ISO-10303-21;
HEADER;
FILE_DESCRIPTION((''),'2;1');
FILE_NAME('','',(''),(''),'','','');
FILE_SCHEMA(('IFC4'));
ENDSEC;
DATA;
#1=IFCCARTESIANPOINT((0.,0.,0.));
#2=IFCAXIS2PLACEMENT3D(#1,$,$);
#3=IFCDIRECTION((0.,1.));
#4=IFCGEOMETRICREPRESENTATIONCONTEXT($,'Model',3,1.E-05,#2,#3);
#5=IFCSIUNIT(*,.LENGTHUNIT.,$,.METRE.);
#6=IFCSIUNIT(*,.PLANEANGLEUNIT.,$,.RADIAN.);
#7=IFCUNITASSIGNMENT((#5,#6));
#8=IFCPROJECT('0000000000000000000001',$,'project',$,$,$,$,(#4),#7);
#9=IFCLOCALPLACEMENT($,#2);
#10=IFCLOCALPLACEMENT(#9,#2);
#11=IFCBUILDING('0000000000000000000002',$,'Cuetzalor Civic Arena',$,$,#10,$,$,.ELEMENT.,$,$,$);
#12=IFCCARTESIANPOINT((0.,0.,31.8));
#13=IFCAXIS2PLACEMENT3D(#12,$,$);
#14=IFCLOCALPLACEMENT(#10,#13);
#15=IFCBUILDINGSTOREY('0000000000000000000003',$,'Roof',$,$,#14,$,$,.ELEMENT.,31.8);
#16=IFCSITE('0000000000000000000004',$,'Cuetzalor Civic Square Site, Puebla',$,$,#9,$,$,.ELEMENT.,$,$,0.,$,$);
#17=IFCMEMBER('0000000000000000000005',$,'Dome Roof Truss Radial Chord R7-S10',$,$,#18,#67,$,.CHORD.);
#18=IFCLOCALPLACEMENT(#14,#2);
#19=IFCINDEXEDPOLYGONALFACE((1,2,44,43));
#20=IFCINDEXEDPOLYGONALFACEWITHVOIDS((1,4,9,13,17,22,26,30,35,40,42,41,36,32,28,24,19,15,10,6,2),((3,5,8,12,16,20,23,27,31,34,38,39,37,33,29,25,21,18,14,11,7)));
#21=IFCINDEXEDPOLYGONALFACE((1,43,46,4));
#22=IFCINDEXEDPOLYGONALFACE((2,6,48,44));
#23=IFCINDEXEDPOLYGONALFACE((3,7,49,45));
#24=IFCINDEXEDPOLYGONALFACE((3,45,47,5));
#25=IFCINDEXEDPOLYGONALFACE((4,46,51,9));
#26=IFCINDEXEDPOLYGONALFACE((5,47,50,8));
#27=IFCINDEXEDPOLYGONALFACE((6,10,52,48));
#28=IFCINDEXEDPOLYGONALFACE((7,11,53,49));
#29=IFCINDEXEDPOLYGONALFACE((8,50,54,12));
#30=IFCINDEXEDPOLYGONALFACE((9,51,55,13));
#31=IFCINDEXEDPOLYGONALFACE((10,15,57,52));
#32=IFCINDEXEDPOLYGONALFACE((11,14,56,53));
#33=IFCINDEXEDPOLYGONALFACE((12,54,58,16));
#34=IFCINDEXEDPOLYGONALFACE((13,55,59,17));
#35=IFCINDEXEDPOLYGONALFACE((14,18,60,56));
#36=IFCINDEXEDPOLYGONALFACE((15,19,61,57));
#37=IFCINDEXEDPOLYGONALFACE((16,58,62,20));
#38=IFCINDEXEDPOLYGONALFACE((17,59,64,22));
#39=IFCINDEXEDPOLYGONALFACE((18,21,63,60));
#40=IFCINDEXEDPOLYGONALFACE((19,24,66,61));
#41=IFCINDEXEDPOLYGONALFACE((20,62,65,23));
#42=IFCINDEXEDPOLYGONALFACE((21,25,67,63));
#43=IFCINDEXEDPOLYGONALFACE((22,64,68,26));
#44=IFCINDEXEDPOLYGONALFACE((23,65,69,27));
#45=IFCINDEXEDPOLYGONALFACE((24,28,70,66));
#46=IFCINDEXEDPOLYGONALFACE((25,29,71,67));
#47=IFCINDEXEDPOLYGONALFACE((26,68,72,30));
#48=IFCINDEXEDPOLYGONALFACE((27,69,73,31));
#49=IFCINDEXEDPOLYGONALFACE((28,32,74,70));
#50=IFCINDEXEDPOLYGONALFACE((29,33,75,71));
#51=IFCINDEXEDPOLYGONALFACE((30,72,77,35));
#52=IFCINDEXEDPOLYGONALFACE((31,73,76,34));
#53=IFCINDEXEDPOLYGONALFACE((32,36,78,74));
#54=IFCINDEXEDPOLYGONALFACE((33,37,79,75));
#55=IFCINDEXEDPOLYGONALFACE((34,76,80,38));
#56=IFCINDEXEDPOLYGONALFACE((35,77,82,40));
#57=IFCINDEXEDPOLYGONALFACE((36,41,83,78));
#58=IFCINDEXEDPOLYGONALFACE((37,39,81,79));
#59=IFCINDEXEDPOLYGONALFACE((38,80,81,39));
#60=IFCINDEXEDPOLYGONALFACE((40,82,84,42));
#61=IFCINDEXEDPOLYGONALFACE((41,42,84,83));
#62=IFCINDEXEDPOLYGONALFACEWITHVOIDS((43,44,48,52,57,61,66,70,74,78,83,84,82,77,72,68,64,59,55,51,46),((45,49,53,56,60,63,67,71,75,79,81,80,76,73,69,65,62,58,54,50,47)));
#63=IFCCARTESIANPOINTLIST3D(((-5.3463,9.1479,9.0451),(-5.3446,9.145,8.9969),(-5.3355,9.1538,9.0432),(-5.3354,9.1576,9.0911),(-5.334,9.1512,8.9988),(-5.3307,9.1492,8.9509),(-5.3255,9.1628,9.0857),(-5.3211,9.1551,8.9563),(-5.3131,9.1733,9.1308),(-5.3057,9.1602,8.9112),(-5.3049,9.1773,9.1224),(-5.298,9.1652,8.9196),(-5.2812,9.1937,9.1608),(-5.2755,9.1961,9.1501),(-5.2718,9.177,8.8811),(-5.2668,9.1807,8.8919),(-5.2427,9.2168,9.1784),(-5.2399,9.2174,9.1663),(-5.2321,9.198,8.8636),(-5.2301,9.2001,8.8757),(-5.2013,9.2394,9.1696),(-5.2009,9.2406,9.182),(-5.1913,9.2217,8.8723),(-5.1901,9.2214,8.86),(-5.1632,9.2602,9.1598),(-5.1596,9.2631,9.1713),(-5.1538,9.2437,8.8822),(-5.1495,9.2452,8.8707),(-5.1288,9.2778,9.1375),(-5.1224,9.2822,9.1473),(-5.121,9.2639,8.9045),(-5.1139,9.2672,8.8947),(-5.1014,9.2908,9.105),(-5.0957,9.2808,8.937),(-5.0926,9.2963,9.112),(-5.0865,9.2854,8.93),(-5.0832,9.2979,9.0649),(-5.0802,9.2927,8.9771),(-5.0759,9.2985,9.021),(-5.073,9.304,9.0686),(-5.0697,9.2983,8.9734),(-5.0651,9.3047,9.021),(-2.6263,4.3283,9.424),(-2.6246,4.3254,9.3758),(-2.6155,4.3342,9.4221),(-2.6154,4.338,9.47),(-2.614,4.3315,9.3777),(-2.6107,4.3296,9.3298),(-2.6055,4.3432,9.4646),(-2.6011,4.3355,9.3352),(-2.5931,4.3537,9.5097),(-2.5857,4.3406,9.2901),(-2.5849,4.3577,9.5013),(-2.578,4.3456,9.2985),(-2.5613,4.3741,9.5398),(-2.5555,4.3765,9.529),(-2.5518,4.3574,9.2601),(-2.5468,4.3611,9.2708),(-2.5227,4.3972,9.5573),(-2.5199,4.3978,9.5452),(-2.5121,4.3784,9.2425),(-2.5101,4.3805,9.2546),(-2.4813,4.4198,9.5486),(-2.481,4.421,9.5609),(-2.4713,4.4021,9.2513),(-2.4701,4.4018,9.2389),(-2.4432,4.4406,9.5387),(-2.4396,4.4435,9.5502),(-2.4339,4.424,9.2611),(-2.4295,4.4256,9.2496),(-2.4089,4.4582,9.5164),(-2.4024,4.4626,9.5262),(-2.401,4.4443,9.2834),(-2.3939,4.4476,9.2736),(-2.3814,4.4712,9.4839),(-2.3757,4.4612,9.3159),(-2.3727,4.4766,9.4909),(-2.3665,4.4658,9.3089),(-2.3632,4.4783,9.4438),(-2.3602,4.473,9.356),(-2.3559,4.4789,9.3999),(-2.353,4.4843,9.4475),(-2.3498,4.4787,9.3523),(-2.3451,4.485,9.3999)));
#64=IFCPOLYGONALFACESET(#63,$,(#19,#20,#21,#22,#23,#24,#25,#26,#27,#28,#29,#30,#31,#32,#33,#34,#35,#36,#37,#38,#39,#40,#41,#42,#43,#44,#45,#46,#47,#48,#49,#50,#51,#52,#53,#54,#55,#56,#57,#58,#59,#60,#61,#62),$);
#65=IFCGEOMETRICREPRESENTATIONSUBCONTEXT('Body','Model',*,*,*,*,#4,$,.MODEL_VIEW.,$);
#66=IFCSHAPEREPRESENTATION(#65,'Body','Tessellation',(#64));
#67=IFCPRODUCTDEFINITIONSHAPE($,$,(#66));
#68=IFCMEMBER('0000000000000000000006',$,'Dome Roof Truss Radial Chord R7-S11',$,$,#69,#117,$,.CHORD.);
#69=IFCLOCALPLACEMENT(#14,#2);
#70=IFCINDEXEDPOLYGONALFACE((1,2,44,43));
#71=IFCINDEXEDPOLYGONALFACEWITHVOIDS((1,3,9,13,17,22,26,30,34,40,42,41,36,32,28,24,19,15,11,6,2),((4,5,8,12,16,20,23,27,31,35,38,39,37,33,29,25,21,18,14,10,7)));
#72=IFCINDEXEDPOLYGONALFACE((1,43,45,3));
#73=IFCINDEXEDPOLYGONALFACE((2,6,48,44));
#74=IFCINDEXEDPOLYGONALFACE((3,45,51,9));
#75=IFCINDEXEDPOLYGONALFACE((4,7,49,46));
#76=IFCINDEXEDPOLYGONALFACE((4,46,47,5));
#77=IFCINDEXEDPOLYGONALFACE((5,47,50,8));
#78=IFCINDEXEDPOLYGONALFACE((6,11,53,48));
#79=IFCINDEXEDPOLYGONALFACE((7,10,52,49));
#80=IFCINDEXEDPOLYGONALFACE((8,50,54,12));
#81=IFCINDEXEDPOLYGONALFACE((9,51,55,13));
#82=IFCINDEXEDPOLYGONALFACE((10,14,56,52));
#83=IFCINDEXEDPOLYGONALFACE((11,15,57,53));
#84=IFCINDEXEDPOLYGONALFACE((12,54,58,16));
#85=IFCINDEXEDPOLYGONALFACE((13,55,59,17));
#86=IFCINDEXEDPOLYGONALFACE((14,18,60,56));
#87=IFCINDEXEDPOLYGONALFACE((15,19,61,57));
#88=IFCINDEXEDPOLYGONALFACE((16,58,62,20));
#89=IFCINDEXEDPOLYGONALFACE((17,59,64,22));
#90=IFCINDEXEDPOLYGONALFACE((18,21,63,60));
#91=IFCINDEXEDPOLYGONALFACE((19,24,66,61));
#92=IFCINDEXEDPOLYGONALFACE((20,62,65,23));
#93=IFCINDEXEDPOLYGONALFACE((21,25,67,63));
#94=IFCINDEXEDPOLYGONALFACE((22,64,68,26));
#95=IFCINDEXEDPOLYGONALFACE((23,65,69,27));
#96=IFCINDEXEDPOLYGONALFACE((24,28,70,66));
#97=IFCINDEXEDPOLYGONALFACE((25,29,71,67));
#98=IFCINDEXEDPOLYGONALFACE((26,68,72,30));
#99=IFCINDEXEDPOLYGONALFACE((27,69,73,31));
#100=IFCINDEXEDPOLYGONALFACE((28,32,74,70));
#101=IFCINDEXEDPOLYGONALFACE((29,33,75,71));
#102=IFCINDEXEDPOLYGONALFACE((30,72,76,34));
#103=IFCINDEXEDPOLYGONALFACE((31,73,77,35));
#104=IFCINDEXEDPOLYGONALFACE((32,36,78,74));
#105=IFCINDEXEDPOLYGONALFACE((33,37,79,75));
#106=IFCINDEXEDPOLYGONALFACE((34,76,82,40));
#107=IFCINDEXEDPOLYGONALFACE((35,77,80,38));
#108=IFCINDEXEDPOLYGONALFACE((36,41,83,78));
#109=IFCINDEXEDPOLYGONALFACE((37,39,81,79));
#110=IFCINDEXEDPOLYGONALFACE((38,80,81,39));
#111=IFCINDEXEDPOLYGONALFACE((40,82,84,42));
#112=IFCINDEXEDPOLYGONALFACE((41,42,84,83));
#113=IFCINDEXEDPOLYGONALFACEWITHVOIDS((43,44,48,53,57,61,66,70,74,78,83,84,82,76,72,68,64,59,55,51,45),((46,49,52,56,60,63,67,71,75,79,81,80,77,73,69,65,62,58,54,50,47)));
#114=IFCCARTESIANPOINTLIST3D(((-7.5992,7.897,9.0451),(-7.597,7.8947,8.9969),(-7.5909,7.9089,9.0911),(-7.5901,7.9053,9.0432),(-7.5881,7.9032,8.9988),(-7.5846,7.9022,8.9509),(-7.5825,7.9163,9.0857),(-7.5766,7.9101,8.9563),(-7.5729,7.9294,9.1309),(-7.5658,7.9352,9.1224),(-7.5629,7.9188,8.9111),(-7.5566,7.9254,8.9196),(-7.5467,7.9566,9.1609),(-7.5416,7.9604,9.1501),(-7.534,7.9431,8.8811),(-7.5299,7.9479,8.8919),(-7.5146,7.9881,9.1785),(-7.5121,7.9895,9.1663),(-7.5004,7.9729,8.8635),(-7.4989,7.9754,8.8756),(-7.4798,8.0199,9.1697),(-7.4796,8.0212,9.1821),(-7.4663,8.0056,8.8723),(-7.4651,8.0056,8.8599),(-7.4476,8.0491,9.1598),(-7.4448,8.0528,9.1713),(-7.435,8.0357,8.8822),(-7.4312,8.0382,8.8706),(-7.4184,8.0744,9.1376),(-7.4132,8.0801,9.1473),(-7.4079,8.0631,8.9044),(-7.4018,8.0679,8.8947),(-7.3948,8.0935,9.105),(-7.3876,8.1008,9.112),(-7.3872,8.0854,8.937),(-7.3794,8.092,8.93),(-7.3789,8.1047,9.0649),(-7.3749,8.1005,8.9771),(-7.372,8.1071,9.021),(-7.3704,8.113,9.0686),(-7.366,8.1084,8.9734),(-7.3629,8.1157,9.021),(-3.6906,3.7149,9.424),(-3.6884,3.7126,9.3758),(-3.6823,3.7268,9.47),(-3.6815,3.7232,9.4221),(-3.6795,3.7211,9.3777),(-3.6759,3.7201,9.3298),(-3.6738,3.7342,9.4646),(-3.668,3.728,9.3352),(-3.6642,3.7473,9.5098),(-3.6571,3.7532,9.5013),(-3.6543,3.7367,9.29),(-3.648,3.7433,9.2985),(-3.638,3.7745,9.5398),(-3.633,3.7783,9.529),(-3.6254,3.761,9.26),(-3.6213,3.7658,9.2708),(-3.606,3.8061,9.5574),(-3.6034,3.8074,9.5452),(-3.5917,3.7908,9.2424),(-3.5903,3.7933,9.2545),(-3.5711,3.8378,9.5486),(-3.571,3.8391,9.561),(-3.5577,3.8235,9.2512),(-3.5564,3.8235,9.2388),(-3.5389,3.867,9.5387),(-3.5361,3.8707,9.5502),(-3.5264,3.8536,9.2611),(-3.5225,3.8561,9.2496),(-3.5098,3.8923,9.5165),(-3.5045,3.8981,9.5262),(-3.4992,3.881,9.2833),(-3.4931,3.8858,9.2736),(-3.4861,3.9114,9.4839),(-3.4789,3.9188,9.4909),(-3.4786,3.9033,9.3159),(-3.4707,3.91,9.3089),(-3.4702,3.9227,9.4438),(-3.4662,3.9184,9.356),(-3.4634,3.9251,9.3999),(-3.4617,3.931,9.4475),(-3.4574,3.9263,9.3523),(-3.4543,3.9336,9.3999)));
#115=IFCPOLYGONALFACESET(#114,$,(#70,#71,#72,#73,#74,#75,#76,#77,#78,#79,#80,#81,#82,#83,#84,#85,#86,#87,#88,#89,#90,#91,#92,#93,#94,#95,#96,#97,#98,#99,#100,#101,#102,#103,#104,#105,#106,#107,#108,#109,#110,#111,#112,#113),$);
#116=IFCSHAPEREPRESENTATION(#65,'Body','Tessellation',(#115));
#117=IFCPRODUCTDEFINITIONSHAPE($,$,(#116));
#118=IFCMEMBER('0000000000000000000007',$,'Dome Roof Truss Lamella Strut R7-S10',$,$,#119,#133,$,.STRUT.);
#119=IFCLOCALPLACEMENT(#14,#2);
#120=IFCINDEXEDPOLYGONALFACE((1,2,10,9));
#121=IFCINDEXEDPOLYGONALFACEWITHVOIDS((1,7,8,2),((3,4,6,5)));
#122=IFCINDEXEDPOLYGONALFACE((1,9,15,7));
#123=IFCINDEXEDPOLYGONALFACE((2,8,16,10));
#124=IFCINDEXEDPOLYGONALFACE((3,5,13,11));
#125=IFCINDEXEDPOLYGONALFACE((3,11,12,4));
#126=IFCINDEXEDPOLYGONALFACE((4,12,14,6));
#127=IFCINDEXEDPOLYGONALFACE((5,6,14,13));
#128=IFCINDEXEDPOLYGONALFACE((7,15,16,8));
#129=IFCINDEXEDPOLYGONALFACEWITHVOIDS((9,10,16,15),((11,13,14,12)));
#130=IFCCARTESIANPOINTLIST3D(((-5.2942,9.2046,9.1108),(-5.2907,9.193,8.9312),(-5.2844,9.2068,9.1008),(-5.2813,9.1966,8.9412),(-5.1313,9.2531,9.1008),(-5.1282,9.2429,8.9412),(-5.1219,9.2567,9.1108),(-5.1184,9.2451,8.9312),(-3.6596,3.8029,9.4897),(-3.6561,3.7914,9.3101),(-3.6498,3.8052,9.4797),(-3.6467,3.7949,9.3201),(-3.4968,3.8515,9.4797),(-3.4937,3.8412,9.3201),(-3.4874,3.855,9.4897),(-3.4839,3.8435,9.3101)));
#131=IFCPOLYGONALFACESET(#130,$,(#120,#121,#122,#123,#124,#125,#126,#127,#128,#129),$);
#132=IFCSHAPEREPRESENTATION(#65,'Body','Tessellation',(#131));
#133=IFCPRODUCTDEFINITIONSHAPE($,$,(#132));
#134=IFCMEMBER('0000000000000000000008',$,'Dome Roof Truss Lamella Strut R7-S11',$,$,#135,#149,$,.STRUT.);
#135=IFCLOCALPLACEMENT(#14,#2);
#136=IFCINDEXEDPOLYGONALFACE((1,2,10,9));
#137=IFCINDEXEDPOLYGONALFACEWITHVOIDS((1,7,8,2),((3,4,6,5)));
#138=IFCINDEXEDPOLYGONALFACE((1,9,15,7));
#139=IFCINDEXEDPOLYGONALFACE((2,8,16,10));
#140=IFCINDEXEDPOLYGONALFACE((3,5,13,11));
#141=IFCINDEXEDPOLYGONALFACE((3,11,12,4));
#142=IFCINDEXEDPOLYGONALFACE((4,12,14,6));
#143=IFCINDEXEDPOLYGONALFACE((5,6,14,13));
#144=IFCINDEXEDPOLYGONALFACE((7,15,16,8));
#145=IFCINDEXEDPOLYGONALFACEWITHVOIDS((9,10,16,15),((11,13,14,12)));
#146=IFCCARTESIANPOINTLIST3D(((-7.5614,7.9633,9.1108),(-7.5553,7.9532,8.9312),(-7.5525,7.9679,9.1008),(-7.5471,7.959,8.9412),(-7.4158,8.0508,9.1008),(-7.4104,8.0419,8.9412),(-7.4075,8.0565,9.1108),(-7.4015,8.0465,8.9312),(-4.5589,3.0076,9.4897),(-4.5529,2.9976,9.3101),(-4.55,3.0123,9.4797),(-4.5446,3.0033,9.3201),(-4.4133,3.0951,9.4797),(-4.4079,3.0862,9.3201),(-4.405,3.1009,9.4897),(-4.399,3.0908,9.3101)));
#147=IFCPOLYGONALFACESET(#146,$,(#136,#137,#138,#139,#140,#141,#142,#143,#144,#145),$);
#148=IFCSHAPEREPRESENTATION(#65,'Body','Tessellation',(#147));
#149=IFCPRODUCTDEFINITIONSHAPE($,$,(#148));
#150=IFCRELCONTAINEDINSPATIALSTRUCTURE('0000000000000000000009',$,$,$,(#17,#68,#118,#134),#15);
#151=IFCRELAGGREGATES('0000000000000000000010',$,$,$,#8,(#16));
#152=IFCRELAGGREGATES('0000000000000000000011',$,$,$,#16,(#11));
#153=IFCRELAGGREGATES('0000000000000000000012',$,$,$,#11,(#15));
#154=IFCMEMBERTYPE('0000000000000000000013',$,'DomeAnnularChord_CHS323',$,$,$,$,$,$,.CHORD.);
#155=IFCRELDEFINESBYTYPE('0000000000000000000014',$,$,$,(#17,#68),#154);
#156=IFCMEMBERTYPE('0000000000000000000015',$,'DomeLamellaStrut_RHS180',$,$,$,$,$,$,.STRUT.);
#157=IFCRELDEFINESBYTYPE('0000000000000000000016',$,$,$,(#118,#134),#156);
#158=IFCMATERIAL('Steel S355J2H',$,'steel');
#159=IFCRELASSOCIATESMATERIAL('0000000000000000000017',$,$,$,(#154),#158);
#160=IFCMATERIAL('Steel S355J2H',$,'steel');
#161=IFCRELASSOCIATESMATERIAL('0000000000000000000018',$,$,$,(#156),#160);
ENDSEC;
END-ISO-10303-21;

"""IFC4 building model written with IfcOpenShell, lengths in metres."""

from ifc_helpers import new_model, si_unit, direction, frame, origin, origin_2d, place, context, subcontext, project, spatial, hollow_rectangle, hollow_circle, extrude, material, material_profile, profile_set, type_object, element, save


model = new_model("IFC4")

# Units and contexts
model_context = context("Model", 3, precision=1e-05, world=origin(), true_north=direction((0.0, 1.0)))
body_context = subcontext(model_context, "Body", "Model", "MODEL_VIEW")
ifc_project = project(units=[si_unit("LENGTHUNIT", "METRE"), si_unit("PLANEANGLEUNIT", "RADIAN")], contexts=[model_context])

# Site, building, storey
site_placement = place(None, origin())
site = spatial("IfcSite", under=ifc_project, at=site_placement, Name="Cuetzalor Civic Square Site, Puebla", CompositionType="ELEMENT", RefElevation=0.0)
building_placement = place(site_placement, origin())
building = spatial("IfcBuilding", under=site, at=building_placement, Name="Cuetzalor Civic Arena", CompositionType="ELEMENT")
storey_placement = place(building_placement, frame((0.0, 0.0, 31.8)))
storey = spatial("IfcBuildingStorey", under=building, at=storey_placement, Name="Roof", CompositionType="ELEMENT", Elevation=31.8)

# Members
ifc_material_1 = material(Name="Steel S355J2H", Category="steel")
ifc_material_profile_1 = material_profile(ifc_material_1, hollow_circle(Radius=0.1619, WallThickness=0.0125, at=origin_2d()), Name="CHS 323.9x12.5")
ifc_profile_set_1 = profile_set([ifc_material_profile_1], Name="Steel S355J2H")
member_type_1 = type_object("IfcMemberType", Name="DomeAnnularChord_CHS323", PredefinedType="CHORD", material=ifc_profile_set_1)
member_1_placement = place(storey_placement, frame((-5.2061, 9.2251, 9.021), z_axis=(0.490342, -0.868849, 0.068307), x_axis=(0.870883, 0.49149, 0.0)))
element("IfcMember", 1, at=member_1_placement, inside=storey, type_object=member_type_1, Name="Dome Roof Truss Radial Chord R7-S10", PredefinedType="CHORD", context=body_context, shape_type="SweptSolid", body=[
    extrude(hollow_circle(Radius=0.1619, WallThickness=0.0125, at=origin_2d()), origin(), (0.0, 0.0, 1.0), 5.5471),
])
member_2_placement = place(storey_placement, frame((-7.4812, 8.0051, 9.021), z_axis=(0.681329, -0.728992, 0.066048), x_axis=(0.730587, 0.68282, 0.0)))
element("IfcMember", 2, at=member_2_placement, inside=storey, type_object=member_type_1, Name="Dome Roof Truss Radial Chord R7-S11", PredefinedType="CHORD", context=body_context, shape_type="SweptSolid", body=[
    extrude(hollow_circle(Radius=0.1619, WallThickness=0.0125, at=origin_2d()), origin(), (0.0, 0.0, 1.0), 5.7368),
])
ifc_material_2 = material(Name="Steel S355J2H", Category="steel")
ifc_material_profile_2 = material_profile(ifc_material_2, hollow_rectangle(XDim=0.1799, YDim=0.1799, WallThickness=0.01, at=origin_2d()), Name="RHS 180x180x10")
ifc_profile_set_2 = profile_set([ifc_material_profile_2], Name="Steel S355J2H")
member_type_2 = type_object("IfcMemberType", Name="DomeLamellaStrut_RHS180", PredefinedType="STRUT", material=ifc_profile_set_2)
member_3_placement = place(storey_placement, frame((-5.2063, 9.2249, 9.021), z_axis=(0.288979, -0.954989, 0.06699), x_axis=(0.957139, 0.289629, 0.0)))
element("IfcMember", 3, at=member_3_placement, inside=storey, type_object=member_type_2, Name="Dome Roof Truss Lamella Strut R7-S10", PredefinedType="STRUT", context=body_context, shape_type="SweptSolid", body=[
    extrude(hollow_rectangle(XDim=0.1799, YDim=0.1799, WallThickness=0.01, at=origin_2d()), origin(), (0.0, 0.0, 1.0), 5.6562),
])
member_4_placement = place(storey_placement, frame((-7.4814, 8.0049, 9.021), z_axis=(0.51708, -0.853446, 0.065255), x_axis=(0.855269, 0.518184, 0.0)))
element("IfcMember", 4, at=member_4_placement, inside=storey, type_object=member_type_2, Name="Dome Roof Truss Lamella Strut R7-S11", PredefinedType="STRUT", context=body_context, shape_type="SweptSolid", body=[
    extrude(hollow_rectangle(XDim=0.1799, YDim=0.1799, WallThickness=0.01, at=origin_2d()), origin(), (0.0, 0.0, 1.0), 5.8066),
])

save(model, "model.ifc")
